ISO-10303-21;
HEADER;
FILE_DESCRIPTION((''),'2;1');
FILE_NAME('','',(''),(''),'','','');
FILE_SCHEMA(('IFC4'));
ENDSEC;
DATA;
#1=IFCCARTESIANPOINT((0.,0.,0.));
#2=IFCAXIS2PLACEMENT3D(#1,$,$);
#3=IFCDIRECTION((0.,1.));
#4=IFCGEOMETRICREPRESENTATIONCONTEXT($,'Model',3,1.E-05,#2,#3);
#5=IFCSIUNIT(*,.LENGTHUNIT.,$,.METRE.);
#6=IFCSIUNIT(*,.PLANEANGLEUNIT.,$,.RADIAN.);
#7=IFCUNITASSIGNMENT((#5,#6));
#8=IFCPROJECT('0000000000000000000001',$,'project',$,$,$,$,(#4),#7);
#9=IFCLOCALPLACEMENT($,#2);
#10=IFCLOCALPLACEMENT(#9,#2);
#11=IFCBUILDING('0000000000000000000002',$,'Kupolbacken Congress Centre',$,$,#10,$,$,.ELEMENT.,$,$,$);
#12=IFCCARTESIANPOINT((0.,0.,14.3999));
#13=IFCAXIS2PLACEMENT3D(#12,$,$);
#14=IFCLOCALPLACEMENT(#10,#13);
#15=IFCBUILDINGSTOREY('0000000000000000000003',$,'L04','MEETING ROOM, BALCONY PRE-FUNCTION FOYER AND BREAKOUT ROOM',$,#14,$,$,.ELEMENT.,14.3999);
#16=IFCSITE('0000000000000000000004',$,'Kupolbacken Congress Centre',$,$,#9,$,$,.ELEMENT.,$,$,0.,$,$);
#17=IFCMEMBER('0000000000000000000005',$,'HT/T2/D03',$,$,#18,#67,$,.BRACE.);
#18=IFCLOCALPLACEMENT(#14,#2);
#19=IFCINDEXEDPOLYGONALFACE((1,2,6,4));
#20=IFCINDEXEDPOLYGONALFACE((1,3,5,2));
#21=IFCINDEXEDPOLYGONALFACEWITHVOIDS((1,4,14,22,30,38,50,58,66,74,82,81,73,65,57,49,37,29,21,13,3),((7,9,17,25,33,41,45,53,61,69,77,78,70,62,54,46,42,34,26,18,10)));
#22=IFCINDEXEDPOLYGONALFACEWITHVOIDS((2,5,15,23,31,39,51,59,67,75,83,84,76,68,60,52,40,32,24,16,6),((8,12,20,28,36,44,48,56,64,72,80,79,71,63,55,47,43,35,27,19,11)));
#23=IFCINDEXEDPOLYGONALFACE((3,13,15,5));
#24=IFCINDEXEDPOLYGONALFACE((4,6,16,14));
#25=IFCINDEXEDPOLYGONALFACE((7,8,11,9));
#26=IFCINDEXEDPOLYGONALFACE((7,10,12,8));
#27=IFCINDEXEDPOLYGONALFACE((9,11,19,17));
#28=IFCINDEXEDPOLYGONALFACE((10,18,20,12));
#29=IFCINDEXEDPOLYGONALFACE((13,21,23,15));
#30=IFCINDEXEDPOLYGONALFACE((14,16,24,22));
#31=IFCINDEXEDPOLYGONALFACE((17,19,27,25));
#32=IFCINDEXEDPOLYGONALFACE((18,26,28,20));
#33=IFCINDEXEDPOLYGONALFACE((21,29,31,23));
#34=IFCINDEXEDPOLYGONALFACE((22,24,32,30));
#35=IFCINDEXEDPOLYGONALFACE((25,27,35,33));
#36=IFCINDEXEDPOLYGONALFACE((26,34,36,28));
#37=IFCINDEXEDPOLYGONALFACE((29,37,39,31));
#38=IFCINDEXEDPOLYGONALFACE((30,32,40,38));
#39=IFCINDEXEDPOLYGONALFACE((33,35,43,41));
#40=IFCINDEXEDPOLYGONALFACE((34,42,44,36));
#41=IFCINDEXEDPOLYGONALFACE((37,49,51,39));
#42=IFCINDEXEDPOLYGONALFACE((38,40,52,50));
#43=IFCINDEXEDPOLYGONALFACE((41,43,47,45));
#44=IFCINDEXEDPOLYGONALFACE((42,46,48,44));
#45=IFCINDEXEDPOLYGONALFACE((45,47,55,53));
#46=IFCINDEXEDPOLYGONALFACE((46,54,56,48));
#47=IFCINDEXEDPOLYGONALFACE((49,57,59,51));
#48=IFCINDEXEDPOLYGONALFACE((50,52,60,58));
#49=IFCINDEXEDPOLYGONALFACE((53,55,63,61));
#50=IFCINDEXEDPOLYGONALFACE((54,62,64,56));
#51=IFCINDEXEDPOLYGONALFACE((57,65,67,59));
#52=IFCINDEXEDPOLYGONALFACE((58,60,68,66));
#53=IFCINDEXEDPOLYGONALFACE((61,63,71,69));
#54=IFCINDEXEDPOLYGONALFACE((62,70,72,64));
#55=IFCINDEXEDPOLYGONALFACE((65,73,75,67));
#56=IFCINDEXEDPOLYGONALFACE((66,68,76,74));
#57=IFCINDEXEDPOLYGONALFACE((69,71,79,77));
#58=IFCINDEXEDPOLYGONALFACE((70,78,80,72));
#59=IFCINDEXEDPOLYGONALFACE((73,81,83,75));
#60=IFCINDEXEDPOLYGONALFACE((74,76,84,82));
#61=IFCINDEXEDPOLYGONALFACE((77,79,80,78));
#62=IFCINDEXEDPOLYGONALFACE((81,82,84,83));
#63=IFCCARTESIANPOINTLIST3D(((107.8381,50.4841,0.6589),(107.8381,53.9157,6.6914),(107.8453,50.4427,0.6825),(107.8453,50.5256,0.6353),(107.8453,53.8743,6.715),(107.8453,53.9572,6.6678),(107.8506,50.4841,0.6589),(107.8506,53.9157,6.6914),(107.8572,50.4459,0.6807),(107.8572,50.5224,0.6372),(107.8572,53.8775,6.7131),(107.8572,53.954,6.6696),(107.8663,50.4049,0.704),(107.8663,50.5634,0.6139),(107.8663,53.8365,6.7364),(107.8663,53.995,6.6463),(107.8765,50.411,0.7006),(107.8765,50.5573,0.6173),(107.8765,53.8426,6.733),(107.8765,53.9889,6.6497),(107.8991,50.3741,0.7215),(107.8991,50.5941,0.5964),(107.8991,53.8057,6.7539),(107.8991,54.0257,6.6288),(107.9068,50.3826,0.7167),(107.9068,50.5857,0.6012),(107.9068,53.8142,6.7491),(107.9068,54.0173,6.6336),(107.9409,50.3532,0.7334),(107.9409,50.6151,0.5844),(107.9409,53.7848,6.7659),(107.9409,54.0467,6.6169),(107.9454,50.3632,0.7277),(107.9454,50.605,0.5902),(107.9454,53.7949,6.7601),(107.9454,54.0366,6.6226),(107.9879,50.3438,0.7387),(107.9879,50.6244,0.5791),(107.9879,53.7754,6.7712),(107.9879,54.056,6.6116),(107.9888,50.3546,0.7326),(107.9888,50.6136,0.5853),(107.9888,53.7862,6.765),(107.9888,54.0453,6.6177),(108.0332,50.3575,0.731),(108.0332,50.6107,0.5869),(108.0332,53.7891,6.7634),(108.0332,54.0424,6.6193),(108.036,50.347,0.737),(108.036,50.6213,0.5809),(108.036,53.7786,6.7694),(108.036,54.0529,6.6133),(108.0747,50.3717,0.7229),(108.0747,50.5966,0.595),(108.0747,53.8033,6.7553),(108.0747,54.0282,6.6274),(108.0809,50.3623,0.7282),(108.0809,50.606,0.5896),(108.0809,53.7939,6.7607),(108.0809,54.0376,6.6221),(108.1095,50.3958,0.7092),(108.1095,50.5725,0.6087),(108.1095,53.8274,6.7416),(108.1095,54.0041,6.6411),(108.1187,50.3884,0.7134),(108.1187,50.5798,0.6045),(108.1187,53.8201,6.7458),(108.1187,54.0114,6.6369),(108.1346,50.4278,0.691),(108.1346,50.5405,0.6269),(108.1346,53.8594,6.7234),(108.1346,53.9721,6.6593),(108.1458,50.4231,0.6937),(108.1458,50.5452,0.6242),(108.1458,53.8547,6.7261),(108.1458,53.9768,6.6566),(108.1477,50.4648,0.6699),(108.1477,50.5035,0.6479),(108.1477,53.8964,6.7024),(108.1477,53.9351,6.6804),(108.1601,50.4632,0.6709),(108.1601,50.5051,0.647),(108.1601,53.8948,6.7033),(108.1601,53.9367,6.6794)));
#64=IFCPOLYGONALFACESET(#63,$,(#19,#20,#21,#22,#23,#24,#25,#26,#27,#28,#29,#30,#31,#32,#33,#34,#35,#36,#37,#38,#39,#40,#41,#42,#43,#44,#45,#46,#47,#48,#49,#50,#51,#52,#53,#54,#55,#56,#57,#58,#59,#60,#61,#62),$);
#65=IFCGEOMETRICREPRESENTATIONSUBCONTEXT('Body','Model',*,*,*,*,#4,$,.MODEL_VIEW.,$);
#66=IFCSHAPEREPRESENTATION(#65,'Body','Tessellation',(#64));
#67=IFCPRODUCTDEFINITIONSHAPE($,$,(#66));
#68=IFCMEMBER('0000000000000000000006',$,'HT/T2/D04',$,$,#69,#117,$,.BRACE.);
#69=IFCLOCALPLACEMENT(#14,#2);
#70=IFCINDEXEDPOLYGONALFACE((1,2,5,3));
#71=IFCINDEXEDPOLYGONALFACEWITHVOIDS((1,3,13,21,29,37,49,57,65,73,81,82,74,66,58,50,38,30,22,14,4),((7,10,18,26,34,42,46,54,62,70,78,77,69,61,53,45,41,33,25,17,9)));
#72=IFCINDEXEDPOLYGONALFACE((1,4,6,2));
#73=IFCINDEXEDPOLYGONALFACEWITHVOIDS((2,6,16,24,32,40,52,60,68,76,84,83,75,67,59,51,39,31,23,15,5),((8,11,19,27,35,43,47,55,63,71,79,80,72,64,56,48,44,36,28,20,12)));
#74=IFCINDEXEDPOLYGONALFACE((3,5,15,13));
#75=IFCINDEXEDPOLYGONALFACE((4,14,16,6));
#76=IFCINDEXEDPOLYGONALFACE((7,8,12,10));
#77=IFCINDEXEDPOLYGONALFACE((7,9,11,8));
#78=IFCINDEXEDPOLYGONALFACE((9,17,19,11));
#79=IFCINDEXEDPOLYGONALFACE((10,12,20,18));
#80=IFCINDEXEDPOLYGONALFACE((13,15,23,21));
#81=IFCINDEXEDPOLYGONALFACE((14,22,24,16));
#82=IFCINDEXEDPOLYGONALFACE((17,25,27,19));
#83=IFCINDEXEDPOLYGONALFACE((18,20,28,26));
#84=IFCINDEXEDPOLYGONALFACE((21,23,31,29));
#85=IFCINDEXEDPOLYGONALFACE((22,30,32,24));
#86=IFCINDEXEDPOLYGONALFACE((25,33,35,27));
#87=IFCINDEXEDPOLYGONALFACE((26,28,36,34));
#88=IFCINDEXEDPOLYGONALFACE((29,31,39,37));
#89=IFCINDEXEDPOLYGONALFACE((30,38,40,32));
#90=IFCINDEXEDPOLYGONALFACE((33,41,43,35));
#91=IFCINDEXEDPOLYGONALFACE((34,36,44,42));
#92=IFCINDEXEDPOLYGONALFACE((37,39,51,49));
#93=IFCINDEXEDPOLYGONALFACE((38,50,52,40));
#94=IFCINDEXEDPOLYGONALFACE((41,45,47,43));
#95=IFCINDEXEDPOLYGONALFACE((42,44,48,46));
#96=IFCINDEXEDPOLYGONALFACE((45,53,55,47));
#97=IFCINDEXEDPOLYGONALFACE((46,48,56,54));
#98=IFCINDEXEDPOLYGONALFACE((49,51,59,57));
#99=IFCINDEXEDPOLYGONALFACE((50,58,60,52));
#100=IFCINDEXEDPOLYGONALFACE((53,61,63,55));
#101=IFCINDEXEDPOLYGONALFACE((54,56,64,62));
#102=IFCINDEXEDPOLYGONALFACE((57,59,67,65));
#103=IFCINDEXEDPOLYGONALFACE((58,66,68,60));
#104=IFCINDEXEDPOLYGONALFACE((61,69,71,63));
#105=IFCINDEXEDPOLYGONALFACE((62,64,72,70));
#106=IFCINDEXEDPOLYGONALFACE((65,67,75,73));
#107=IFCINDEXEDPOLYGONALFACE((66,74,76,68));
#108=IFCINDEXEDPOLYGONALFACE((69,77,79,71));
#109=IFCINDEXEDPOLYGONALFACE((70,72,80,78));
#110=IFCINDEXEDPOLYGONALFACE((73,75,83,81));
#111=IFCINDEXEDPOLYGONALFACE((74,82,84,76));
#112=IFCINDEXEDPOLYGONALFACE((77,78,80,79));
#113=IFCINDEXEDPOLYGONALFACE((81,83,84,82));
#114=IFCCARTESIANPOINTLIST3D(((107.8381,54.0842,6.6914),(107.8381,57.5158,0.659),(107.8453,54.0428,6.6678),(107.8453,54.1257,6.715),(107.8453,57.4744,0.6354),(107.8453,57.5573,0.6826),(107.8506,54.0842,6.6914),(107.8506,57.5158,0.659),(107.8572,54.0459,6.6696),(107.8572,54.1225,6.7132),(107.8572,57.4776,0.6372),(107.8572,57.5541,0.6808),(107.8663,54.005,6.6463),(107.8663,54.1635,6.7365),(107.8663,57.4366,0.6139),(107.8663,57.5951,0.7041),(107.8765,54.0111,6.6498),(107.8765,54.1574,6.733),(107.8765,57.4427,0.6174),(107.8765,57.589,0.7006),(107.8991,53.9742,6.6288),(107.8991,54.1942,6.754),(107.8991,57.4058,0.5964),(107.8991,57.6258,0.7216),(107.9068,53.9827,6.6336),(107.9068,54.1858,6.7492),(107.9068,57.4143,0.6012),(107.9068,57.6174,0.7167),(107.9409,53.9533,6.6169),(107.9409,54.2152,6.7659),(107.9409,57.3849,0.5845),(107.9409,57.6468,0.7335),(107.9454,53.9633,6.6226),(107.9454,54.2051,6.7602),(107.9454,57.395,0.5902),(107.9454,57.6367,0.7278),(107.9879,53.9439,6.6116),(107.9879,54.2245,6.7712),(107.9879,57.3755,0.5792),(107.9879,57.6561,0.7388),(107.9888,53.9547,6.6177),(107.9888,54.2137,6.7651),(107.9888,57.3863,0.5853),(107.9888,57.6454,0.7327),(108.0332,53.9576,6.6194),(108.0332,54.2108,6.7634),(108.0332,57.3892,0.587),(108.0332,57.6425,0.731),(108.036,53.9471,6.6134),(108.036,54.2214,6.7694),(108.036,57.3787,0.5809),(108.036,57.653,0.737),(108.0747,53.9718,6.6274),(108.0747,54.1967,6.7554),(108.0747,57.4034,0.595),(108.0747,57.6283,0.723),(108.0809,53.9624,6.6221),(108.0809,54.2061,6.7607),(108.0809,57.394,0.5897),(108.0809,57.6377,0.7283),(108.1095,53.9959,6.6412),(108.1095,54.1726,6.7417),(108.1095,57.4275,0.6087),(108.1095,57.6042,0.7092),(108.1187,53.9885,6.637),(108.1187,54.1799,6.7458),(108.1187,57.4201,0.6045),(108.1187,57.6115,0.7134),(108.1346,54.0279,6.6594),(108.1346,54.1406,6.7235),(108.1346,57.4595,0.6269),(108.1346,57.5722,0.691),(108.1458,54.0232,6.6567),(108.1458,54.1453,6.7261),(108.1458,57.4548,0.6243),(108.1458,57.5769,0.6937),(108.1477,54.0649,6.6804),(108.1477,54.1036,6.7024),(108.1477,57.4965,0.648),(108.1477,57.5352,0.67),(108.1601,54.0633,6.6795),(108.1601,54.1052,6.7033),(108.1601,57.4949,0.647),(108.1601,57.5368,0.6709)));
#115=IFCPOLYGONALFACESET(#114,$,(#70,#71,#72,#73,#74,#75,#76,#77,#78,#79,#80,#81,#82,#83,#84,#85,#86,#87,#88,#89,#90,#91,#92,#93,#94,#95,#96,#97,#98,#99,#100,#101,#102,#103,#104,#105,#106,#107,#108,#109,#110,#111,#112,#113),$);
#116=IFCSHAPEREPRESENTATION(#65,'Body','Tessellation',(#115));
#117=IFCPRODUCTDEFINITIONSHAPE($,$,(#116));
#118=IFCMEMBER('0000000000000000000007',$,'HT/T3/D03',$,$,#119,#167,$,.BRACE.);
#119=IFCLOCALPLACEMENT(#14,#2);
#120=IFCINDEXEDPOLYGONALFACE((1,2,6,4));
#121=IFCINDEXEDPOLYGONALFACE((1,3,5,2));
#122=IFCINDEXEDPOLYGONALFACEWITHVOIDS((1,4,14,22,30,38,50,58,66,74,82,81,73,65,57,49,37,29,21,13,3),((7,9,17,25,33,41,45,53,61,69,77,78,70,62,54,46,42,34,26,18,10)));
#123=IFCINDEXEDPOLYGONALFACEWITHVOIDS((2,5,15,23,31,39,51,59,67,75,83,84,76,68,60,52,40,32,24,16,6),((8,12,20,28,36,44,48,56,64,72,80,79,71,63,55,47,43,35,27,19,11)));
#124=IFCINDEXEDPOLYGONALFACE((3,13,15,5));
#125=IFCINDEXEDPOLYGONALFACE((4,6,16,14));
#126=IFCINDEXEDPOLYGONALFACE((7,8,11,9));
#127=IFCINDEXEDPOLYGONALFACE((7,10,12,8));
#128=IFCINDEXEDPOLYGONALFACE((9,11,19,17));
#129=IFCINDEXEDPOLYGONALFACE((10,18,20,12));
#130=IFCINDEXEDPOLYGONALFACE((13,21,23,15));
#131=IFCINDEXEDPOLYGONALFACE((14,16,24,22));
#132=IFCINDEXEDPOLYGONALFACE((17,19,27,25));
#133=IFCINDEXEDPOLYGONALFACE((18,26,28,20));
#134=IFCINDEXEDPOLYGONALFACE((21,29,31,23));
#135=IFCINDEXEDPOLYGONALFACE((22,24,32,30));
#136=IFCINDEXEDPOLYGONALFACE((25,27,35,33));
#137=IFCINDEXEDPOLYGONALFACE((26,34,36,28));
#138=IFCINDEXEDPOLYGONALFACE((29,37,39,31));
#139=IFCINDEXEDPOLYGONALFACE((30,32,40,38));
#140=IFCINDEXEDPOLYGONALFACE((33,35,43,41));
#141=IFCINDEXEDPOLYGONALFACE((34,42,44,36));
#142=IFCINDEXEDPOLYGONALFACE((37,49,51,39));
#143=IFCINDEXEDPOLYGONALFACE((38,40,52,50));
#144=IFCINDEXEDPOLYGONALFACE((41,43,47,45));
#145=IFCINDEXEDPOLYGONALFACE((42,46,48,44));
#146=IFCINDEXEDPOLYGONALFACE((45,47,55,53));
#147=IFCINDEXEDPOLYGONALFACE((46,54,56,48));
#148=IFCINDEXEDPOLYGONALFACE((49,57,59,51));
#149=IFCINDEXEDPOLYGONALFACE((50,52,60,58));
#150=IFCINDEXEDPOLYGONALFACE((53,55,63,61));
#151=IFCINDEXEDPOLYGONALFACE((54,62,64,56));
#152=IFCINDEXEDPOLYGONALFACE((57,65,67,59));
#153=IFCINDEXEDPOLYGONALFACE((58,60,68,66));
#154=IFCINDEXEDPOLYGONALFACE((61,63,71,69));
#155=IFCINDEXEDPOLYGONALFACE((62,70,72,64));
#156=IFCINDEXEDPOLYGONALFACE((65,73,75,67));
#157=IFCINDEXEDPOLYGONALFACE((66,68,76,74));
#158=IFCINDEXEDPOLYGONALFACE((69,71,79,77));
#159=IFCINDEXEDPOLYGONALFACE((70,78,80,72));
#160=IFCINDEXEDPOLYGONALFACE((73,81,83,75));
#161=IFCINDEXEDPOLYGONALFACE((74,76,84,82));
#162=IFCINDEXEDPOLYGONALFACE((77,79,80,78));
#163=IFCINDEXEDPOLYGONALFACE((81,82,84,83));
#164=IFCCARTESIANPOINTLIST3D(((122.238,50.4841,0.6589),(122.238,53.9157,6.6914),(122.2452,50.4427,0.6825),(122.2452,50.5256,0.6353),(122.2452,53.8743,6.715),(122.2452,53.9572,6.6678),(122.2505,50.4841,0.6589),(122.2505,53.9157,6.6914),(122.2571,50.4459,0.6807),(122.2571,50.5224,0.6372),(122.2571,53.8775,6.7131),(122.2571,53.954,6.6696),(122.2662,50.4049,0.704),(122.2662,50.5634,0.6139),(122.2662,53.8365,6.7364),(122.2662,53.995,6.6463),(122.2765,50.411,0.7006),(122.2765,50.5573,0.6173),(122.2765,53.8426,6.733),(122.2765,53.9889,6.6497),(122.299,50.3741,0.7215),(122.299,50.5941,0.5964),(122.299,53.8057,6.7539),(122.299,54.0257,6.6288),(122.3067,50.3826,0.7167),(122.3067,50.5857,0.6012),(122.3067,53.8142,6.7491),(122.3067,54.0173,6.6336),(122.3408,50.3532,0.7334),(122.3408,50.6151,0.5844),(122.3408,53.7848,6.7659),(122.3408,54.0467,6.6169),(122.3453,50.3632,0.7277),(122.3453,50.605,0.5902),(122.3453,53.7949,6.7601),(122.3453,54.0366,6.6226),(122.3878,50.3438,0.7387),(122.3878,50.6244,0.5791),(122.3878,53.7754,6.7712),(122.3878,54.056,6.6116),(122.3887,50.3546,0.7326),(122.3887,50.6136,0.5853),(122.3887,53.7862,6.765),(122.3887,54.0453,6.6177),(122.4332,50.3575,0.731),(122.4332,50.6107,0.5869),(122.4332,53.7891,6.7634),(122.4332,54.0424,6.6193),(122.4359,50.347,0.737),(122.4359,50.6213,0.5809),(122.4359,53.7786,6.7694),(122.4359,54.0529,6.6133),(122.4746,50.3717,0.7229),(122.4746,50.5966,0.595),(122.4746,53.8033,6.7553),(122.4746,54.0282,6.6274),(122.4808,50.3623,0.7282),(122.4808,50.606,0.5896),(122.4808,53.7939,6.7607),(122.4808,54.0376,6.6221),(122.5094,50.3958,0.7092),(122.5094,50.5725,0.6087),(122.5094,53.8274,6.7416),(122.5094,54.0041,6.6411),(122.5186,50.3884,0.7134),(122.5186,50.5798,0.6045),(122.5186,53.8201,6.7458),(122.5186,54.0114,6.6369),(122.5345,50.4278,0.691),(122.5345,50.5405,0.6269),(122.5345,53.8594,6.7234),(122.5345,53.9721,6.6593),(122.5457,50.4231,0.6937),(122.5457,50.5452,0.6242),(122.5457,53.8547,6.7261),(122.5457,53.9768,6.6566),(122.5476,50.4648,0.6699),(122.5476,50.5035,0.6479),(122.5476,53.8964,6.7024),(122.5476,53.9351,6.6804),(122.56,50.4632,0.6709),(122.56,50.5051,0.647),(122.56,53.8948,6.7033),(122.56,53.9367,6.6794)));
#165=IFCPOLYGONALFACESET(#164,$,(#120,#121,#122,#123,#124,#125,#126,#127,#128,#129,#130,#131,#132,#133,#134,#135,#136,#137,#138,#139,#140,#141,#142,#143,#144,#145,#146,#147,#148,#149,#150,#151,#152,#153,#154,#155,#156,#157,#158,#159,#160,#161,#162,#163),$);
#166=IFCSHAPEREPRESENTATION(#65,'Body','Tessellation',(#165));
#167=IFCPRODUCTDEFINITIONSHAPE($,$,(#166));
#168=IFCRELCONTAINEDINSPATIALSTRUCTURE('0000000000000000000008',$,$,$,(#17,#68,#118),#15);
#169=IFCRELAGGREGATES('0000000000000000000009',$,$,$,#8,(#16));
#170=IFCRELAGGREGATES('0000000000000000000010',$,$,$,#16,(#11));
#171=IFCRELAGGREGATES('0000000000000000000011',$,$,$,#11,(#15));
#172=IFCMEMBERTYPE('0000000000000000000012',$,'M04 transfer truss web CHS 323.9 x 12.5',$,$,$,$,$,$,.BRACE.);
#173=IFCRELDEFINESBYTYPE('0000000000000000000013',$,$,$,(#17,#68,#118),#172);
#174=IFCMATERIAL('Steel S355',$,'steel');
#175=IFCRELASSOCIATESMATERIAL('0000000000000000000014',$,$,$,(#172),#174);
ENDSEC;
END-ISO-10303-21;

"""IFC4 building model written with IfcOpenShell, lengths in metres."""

from ifc_helpers import new_model, si_unit, direction, frame, origin, origin_2d, place, context, subcontext, project, spatial, hollow_circle, extrude, material, material_profile, profile_set, type_object, element, save


model = new_model("IFC4")

# Units and contexts
model_context = context("Model", 3, precision=1e-05, world=origin(), true_north=direction((0.0, 1.0)))
body_context = subcontext(model_context, "Body", "Model", "MODEL_VIEW")
ifc_project = project(units=[si_unit("LENGTHUNIT", "METRE"), si_unit("PLANEANGLEUNIT", "RADIAN")], contexts=[model_context])

# Site, building, storey
site_placement = place(None, origin())
site = spatial("IfcSite", under=ifc_project, at=site_placement, Name="Kupolbacken Congress Centre", CompositionType="ELEMENT", RefElevation=0.0)
building_placement = place(site_placement, origin())
building = spatial("IfcBuilding", under=site, at=building_placement, Name="Kupolbacken Congress Centre", CompositionType="ELEMENT")
storey_placement = place(building_placement, frame((0.0, 0.0, 14.3999)))
storey = spatial("IfcBuildingStorey", under=building, at=storey_placement, Name="L04", Description="MEETING ROOM, BALCONY PRE-FUNCTION FOYER AND BREAKOUT ROOM", CompositionType="ELEMENT", Elevation=14.3999)

# Members
ifc_material_1 = material(Name="Steel S355", Category="steel")
ifc_material_profile_1 = material_profile(ifc_material_1, hollow_circle(Radius=0.1619, WallThickness=0.0125, at=origin_2d()), Name="CHS 323.9 x 12.5")
ifc_profile_set_1 = profile_set([ifc_material_profile_1], Name="Steel S355")
member_type_1 = type_object("IfcMemberType", Name="M04 transfer truss web CHS 323.9 x 12.5", PredefinedType="BRACE", material=ifc_profile_set_1)
for number, where, z_axis, x_axis, name in (
    (1, (108.0, 50.4841, 0.6589), (0.0, 0.494456, 0.869203), (-1.0, 0.0, 0.0), "HT/T2/D03"),
    (2, (108.0, 54.0842, 6.6914), (0.0, 0.494456, -0.869203), (-1.0, 0.0, 0.0), "HT/T2/D04"),
    (3, (122.3999, 50.4841, 0.6589), (0.0, 0.494456, 0.869203), (-1.0, 0.0, 0.0), "HT/T3/D03"),
):
    element("IfcMember", number, at=place(storey_placement, frame(where, z_axis=z_axis, x_axis=x_axis)), inside=storey, type_object=member_type_1, Name=name, PredefinedType="BRACE", context=body_context, shape_type="SweptSolid", body=[
        extrude(hollow_circle(Radius=0.1619, WallThickness=0.0125, at=origin_2d()), origin(), (0.0, 0.0, 1.0), 6.9402),
    ])

save(model, "model.ifc")
